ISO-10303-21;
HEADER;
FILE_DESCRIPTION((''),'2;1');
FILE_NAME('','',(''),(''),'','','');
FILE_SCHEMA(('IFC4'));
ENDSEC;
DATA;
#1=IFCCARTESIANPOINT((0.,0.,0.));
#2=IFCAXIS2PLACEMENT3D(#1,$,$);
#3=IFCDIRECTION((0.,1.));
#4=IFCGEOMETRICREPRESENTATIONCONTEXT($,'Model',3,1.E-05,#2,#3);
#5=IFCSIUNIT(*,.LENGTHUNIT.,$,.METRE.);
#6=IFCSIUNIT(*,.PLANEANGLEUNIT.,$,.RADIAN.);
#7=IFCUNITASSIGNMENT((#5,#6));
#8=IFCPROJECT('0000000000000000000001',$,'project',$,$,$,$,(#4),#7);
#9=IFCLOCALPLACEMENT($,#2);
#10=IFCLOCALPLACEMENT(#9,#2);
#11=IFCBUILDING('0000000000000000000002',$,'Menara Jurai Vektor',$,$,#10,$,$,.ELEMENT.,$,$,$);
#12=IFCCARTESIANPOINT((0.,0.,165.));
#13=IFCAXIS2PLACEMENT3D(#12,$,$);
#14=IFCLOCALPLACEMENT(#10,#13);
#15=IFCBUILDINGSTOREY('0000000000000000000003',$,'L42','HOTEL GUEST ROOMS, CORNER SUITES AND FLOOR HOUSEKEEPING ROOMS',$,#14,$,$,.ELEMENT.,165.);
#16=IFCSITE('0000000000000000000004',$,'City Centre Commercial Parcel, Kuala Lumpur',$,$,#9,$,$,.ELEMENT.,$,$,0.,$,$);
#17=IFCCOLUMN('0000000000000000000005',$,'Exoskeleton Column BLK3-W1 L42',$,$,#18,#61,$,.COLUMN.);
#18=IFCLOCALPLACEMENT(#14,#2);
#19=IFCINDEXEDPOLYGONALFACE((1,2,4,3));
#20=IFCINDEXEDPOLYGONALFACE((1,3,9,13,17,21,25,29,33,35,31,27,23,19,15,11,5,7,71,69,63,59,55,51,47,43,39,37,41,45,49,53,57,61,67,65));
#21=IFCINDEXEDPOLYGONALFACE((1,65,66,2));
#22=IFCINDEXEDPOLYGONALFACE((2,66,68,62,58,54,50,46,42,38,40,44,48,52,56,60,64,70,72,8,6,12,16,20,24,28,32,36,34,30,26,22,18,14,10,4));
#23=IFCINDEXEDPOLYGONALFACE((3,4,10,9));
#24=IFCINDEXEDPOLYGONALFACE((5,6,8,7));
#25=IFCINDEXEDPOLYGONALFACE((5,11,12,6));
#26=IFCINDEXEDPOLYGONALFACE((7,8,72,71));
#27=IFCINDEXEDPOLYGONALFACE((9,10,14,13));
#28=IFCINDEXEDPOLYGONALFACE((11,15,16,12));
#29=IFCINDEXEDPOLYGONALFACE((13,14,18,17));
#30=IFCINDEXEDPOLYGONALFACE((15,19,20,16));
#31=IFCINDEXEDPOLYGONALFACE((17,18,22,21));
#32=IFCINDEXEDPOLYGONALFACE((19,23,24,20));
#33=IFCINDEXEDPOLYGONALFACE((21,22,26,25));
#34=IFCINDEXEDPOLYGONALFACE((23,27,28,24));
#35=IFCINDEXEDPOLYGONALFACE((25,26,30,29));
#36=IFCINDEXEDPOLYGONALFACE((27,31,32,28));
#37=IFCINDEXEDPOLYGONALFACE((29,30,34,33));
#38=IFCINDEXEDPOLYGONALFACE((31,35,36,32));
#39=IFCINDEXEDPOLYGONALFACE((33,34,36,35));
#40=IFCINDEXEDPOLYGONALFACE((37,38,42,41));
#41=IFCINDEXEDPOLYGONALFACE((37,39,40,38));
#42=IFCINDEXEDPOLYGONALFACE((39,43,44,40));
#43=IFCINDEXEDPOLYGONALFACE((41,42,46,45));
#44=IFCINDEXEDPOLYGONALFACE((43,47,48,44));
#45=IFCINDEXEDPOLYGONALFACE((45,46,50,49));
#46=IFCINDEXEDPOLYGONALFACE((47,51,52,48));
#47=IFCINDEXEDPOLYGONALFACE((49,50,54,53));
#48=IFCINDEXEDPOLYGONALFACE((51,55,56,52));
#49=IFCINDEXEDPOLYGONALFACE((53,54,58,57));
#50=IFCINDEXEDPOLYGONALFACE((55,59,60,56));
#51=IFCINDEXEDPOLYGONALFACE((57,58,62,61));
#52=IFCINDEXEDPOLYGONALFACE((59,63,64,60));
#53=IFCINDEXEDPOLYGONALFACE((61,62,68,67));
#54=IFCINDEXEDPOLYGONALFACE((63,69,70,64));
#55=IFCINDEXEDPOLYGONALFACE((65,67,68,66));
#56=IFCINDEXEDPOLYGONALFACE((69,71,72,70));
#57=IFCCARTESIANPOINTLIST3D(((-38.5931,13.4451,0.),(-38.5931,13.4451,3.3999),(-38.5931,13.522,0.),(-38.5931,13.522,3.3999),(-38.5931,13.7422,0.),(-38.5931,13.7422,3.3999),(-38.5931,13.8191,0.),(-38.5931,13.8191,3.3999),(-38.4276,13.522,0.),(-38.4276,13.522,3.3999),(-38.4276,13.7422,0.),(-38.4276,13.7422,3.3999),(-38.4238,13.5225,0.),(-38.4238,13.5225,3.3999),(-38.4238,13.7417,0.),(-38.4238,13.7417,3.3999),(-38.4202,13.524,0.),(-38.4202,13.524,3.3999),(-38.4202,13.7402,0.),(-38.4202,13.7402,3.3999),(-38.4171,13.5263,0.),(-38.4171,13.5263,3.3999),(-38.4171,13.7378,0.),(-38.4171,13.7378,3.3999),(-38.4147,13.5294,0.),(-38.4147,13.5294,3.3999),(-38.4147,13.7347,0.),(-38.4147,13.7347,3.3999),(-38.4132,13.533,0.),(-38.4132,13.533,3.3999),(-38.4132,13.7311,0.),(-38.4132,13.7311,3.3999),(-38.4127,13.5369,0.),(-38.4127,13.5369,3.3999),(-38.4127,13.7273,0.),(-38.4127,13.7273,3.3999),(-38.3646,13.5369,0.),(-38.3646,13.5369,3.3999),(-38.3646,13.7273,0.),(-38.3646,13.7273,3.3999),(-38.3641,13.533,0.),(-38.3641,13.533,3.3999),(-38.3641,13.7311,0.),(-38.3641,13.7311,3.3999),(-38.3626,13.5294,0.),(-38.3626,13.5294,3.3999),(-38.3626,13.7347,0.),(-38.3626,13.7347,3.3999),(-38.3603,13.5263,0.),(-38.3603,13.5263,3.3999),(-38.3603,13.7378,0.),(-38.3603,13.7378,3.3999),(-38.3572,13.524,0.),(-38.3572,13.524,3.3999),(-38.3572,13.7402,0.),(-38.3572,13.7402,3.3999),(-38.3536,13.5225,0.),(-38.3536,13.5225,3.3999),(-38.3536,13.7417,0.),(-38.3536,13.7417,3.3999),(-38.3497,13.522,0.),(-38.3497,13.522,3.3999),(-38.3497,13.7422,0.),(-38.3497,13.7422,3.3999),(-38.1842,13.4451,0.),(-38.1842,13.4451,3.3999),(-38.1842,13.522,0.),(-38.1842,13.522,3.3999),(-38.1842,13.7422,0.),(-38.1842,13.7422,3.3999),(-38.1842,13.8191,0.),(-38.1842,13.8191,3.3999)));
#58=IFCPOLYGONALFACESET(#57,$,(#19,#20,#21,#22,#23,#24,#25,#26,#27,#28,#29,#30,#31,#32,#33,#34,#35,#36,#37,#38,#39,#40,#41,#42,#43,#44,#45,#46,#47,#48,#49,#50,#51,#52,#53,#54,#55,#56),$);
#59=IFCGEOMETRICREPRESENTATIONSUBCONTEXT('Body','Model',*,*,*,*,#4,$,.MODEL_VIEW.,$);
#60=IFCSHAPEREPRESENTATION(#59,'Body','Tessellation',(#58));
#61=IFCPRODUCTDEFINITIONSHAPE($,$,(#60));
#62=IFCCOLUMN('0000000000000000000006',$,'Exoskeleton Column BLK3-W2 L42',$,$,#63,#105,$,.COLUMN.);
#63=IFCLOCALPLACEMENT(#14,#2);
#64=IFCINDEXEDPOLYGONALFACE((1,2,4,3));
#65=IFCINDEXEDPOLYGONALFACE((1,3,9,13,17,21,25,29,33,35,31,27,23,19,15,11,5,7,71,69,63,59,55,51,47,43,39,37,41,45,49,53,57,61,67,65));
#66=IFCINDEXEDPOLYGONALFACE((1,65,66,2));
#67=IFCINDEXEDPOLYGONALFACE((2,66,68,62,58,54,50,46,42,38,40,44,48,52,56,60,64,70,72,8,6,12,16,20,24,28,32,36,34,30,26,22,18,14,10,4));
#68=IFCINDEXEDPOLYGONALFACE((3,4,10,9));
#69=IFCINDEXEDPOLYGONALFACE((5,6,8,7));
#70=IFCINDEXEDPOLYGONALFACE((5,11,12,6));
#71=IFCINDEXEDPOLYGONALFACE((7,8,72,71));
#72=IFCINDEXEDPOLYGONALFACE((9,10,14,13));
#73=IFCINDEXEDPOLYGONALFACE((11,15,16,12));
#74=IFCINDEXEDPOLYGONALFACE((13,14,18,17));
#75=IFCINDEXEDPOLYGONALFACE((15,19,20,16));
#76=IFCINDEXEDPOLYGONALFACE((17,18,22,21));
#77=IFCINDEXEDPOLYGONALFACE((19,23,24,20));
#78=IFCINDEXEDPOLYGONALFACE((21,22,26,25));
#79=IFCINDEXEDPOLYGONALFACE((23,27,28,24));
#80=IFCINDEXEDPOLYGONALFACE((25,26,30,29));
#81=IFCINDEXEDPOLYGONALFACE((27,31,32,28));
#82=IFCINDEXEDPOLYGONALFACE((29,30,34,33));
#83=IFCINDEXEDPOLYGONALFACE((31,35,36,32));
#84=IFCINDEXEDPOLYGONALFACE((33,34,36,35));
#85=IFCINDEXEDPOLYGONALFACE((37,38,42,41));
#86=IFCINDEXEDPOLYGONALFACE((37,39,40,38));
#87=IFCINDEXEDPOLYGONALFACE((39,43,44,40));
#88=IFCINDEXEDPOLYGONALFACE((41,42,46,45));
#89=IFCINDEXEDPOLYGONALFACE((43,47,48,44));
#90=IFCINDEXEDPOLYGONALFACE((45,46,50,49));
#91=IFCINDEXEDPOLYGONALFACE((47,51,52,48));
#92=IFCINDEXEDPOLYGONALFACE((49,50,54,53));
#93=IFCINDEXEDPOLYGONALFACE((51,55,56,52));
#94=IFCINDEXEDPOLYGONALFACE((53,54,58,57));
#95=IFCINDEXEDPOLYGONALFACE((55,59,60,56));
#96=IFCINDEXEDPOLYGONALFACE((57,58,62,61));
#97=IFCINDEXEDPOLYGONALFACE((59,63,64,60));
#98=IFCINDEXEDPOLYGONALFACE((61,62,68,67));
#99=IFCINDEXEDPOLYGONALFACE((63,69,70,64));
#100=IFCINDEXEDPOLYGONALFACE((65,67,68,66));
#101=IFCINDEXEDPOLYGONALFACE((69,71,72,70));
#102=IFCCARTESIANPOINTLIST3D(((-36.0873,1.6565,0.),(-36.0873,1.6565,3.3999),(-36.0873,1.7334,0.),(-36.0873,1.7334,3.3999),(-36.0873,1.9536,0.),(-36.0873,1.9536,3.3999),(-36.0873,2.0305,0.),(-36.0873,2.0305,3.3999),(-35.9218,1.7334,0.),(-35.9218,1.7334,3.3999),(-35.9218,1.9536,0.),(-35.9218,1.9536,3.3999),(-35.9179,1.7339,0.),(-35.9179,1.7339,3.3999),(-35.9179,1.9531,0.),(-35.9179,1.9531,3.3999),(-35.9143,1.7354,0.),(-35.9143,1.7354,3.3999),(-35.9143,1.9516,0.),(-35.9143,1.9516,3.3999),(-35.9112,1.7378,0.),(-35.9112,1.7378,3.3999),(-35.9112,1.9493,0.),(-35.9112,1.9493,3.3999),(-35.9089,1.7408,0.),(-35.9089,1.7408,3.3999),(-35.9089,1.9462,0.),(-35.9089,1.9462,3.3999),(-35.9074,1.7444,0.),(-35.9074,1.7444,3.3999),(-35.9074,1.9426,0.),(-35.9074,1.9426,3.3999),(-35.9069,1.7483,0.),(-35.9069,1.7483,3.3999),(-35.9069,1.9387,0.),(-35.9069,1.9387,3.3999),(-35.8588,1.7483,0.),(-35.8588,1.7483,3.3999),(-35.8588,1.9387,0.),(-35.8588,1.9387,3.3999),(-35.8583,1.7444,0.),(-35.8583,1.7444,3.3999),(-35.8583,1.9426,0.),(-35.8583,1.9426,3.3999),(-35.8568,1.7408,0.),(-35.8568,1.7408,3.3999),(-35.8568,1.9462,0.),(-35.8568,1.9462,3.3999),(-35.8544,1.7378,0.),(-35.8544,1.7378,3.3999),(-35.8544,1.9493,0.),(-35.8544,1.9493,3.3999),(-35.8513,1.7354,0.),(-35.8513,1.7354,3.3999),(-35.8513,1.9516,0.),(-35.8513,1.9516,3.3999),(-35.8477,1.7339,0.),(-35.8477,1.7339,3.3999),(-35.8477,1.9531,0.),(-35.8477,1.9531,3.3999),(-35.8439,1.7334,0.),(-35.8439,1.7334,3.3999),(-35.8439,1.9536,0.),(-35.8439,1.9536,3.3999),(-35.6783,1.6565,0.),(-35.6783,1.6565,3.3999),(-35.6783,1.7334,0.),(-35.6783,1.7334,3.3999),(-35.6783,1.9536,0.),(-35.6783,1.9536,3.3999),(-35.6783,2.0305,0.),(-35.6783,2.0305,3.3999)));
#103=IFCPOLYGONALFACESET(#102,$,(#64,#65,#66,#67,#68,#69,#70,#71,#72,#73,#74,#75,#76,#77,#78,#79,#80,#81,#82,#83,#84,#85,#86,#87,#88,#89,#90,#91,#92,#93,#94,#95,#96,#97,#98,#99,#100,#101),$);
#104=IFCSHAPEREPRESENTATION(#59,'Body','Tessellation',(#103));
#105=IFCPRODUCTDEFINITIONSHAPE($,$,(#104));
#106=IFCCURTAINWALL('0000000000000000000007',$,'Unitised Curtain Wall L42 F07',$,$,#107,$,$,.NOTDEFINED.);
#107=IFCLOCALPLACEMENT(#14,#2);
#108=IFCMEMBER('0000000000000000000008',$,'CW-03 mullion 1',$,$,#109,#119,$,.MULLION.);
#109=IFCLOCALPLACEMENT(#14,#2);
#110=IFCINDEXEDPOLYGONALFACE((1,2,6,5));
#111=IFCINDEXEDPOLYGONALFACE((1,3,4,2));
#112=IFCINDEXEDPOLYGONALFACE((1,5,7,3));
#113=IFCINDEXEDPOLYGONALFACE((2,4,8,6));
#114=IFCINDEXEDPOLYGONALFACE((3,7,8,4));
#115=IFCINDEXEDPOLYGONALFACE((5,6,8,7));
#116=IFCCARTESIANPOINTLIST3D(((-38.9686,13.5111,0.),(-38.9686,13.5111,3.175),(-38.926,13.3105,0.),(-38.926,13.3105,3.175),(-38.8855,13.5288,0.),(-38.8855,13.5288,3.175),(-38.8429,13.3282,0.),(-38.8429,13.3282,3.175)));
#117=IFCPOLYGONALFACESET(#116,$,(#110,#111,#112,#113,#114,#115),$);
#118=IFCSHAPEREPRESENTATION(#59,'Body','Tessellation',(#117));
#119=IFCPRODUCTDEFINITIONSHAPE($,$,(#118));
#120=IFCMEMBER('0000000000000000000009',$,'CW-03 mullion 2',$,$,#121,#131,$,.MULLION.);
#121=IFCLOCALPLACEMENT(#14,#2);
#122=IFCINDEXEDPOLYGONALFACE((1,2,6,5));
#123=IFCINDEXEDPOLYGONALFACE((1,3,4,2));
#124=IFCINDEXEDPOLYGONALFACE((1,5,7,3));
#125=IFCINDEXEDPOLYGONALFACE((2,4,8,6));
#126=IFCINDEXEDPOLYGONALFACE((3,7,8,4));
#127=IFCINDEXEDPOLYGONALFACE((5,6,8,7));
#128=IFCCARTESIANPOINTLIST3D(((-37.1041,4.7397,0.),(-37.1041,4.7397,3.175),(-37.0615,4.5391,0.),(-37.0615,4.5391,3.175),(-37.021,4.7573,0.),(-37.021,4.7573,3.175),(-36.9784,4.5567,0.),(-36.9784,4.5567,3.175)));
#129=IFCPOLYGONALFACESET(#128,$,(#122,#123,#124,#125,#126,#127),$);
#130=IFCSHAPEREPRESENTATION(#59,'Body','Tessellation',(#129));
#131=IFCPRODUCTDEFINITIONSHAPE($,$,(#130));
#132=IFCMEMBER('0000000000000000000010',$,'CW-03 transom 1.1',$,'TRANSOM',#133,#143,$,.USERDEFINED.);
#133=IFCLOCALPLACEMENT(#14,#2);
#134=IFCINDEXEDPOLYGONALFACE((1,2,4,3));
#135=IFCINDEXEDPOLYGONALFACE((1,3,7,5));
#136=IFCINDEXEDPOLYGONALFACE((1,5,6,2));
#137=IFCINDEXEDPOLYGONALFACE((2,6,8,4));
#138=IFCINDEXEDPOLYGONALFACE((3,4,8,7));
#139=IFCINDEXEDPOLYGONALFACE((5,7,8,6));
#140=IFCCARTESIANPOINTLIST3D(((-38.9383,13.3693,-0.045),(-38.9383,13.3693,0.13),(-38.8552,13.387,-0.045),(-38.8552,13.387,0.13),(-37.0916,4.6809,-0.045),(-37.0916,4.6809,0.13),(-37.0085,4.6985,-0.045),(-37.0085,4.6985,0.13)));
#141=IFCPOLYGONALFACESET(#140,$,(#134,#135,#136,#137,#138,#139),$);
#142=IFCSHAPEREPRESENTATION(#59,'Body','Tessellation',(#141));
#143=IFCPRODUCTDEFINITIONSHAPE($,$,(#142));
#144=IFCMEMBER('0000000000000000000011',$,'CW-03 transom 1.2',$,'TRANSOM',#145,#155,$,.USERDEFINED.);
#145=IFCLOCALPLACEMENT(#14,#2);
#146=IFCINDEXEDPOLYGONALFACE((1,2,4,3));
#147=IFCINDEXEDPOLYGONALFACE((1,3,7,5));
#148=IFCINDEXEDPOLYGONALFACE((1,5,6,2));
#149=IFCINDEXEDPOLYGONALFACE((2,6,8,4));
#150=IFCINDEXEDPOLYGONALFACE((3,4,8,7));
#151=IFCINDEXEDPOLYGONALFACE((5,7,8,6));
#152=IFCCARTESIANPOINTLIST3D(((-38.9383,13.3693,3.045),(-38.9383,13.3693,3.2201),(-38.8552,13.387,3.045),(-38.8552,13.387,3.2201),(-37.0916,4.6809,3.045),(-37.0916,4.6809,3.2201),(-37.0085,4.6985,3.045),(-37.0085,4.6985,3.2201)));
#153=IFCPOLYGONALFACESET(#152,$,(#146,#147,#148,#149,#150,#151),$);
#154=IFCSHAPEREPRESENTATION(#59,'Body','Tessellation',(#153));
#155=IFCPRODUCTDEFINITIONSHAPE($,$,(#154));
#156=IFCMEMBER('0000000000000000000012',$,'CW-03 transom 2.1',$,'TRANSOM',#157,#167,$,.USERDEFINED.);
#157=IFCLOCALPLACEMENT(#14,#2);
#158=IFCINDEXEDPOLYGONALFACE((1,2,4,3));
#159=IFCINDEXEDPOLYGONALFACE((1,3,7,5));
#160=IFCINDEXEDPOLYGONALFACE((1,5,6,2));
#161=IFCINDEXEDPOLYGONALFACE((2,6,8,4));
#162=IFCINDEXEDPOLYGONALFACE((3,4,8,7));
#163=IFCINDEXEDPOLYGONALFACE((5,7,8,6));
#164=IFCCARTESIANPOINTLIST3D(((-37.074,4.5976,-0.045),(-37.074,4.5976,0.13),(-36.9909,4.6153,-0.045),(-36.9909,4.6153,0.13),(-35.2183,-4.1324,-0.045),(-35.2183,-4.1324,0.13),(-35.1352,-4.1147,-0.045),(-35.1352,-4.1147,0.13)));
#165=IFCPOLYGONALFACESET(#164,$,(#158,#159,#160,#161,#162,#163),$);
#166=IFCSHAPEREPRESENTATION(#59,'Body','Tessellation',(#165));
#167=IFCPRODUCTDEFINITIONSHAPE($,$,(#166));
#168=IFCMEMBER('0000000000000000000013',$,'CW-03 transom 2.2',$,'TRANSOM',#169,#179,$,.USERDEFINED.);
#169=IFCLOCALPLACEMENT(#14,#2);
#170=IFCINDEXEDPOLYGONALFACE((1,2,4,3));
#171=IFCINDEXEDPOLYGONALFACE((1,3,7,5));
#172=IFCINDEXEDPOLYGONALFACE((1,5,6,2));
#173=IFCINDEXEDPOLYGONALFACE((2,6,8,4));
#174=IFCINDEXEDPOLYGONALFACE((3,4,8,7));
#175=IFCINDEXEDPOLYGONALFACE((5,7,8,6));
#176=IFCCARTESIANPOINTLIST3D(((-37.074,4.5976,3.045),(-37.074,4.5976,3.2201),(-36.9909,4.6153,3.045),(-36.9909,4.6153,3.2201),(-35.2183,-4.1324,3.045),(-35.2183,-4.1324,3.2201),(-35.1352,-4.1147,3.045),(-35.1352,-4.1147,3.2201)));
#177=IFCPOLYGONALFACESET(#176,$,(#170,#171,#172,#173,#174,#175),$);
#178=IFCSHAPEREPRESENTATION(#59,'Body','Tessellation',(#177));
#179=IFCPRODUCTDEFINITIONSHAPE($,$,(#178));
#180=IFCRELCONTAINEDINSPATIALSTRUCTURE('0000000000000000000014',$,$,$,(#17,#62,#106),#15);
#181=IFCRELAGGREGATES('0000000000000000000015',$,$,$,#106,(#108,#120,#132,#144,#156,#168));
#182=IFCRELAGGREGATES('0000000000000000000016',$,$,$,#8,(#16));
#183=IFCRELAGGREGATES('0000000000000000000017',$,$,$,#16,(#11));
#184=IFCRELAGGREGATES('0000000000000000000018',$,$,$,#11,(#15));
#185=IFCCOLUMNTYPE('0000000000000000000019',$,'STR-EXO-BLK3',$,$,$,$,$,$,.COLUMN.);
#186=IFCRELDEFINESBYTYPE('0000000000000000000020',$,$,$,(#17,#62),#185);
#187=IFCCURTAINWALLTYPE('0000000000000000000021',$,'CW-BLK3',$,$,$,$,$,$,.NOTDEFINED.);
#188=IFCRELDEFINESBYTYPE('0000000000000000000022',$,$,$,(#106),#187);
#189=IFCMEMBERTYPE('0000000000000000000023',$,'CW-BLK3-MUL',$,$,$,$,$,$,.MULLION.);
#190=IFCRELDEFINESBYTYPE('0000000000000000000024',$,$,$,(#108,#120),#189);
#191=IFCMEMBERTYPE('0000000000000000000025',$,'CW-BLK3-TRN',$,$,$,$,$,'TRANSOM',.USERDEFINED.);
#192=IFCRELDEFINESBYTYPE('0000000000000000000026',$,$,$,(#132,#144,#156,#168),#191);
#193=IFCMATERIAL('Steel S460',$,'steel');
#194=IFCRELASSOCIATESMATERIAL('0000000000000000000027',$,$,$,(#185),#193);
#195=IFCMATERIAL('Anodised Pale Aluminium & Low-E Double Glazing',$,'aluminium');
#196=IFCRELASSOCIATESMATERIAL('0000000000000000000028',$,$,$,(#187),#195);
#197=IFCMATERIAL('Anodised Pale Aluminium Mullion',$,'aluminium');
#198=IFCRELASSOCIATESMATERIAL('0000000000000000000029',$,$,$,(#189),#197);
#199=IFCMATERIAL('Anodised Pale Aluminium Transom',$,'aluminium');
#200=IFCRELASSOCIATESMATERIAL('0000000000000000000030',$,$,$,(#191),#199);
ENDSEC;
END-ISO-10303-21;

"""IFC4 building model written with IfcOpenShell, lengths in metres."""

from ifc_helpers import new_model, si_unit, direction, frame, origin, origin_2d, place, context, subcontext, project, spatial, rectangle, i_section, extrude, material, material_profile, profile_set, type_object, element, aggregate, save


model = new_model("IFC4")

# Units and contexts
model_context = context("Model", 3, precision=1e-05, world=origin(), true_north=direction((0.0, 1.0)))
body_context = subcontext(model_context, "Body", "Model", "MODEL_VIEW")
ifc_project = project(units=[si_unit("LENGTHUNIT", "METRE"), si_unit("PLANEANGLEUNIT", "RADIAN")], contexts=[model_context])

# Site, building, storey
site_placement = place(None, origin())
site = spatial("IfcSite", under=ifc_project, at=site_placement, Name="City Centre Commercial Parcel, Kuala Lumpur", CompositionType="ELEMENT", RefElevation=0.0)
building_placement = place(site_placement, origin())
building = spatial("IfcBuilding", under=site, at=building_placement, Name="Menara Jurai Vektor", CompositionType="ELEMENT")
storey_placement = place(building_placement, frame((0.0, 0.0, 165.0)))
storey = spatial("IfcBuildingStorey", under=building, at=storey_placement, Name="L42", Description="HOTEL GUEST ROOMS, CORNER SUITES AND FLOOR HOUSEKEEPING ROOMS", CompositionType="ELEMENT", Elevation=165.0)

# Columns
ifc_material_1 = material(Name="Steel S460", Category="steel")
ifc_material_profile_1 = material_profile(ifc_material_1, i_section(OverallWidth=0.4089, OverallDepth=0.374, WebThickness=0.0481, FlangeThickness=0.0769, FilletRadius=0.0149, at=origin_2d()), Name="HD 400x634")
ifc_profile_set_1 = profile_set([ifc_material_profile_1], Name="Steel S460")
column_type = type_object("IfcColumnType", Name="STR-EXO-BLK3", PredefinedType="COLUMN", material=ifc_profile_set_1)
for number, where, z_axis, x_axis, name in (
    (1, (-38.3887, 13.6321, 0.0), (0.0, 0.0, 1.0), (1.0, 0.0, 0.0), "Exoskeleton Column BLK3-W1 L42"),
    (2, (-35.8828, 1.8435, 0.0), (0.0, 0.0, 1.0), (1.0, 0.0, 0.0), "Exoskeleton Column BLK3-W2 L42"),
):
    element("IfcColumn", number, at=place(storey_placement, frame(where, z_axis=z_axis, x_axis=x_axis)), inside=storey, type_object=column_type, Name=name, PredefinedType="COLUMN", context=body_context, shape_type="SweptSolid", body=[
        extrude(i_section(OverallWidth=0.4089, OverallDepth=0.374, WebThickness=0.0481, FlangeThickness=0.0769, FilletRadius=0.0149, at=origin_2d()), origin(), (0.0, 0.0, 1.0), 3.3999),
    ])

# Curtain wall, members
ifc_material_2 = material(Name="Anodised Pale Aluminium & Low-E Double Glazing", Category="aluminium")
curtain_wall_type = type_object("IfcCurtainWallType", Name="CW-BLK3", PredefinedType="NOTDEFINED", material=ifc_material_2)
curtain_wall_placement = place(storey_placement, origin())
curtain_wall = element("IfcCurtainWall", 3, at=curtain_wall_placement, inside=storey, type_object=curtain_wall_type, Name="Unitised Curtain Wall L42 F07", PredefinedType="NOTDEFINED")
ifc_material_3 = material(Name="Anodised Pale Aluminium Mullion", Category="aluminium")
ifc_material_profile_2 = material_profile(ifc_material_3, rectangle(XDim=0.085, YDim=0.2051, at=origin_2d()), Name="ALU MUL 85x205")
ifc_profile_set_2 = profile_set([ifc_material_profile_2], Name="Anodised Pale Aluminium Mullion")
member_type_1 = type_object("IfcMemberType", Name="CW-BLK3-MUL", PredefinedType="MULLION", material=ifc_profile_set_2)
member_1_placement = place(storey_placement, frame((-38.9058, 13.4197, 0.0), z_axis=(0.0, 0.0, 1.0), x_axis=(0.978148, 0.20791, 0.0)))
member_1 = element("IfcMember", 4, at=member_1_placement, type_object=member_type_1, Name="CW-03 mullion 1", PredefinedType="MULLION", context=body_context, shape_type="SweptSolid", body=[
    extrude(rectangle(XDim=0.085, YDim=0.2051, at=origin_2d()), origin(), (0.0, 0.0, 1.0), 3.175),
])
member_2_placement = place(storey_placement, frame((-37.0413, 4.6482, 0.0), z_axis=(0.0, 0.0, 1.0), x_axis=(0.978148, 0.20791, 0.0)))
member_2 = element("IfcMember", 5, at=member_2_placement, type_object=member_type_1, Name="CW-03 mullion 2", PredefinedType="MULLION", context=body_context, shape_type="SweptSolid", body=[
    extrude(rectangle(XDim=0.085, YDim=0.2051, at=origin_2d()), origin(), (0.0, 0.0, 1.0), 3.175),
])
ifc_material_4 = material(Name="Anodised Pale Aluminium Transom", Category="aluminium")
ifc_material_profile_3 = material_profile(ifc_material_4, rectangle(XDim=0.085, YDim=0.175, at=origin_2d()), Name="ALU TRN 85x175")
ifc_profile_set_3 = profile_set([ifc_material_profile_3], Name="Anodised Pale Aluminium Transom")
member_type_2 = type_object("IfcMemberType", Name="CW-BLK3-TRN", ElementType="TRANSOM", PredefinedType="USERDEFINED", material=ifc_profile_set_3)
member_3_placement = place(storey_placement, frame((-38.8967, 13.3782, 0.0425), z_axis=(0.2079, -0.97815, 0.0), x_axis=(0.97815, 0.2079, 0.0)))
member_3 = element("IfcMember", 6, at=member_3_placement, type_object=member_type_2, Name="CW-03 transom 1.1", ObjectType="TRANSOM", PredefinedType="USERDEFINED", context=body_context, shape_type="SweptSolid", body=[
    extrude(rectangle(XDim=0.085, YDim=0.175, at=origin_2d()), origin(), (0.0, 0.0, 1.0), 8.8826),
])
member_4_placement = place(storey_placement, frame((-38.8967, 13.3782, 3.1326), z_axis=(0.2079, -0.97815, 0.0), x_axis=(0.97815, 0.2079, 0.0)))
member_4 = element("IfcMember", 7, at=member_4_placement, type_object=member_type_2, Name="CW-03 transom 1.2", ObjectType="TRANSOM", PredefinedType="USERDEFINED", context=body_context, shape_type="SweptSolid", body=[
    extrude(rectangle(XDim=0.085, YDim=0.175, at=origin_2d()), origin(), (0.0, 0.0, 1.0), 8.8826),
])
member_5_placement = place(storey_placement, frame((-37.0325, 4.6064, 0.0425), z_axis=(0.207922, -0.978145, 0.0), x_axis=(0.978145, 0.207922, 0.0)))
member_5 = element("IfcMember", 8, at=member_5_placement, type_object=member_type_2, Name="CW-03 transom 2.1", ObjectType="TRANSOM", PredefinedType="USERDEFINED", context=body_context, shape_type="SweptSolid", body=[
    extrude(rectangle(XDim=0.085, YDim=0.175, at=origin_2d()), origin(), (0.0, 0.0, 1.0), 8.925),
])
member_6_placement = place(storey_placement, frame((-37.0325, 4.6064, 3.1326), z_axis=(0.207922, -0.978145, 0.0), x_axis=(0.978145, 0.207922, 0.0)))
member_6 = element("IfcMember", 9, at=member_6_placement, type_object=member_type_2, Name="CW-03 transom 2.2", ObjectType="TRANSOM", PredefinedType="USERDEFINED", context=body_context, shape_type="SweptSolid", body=[
    extrude(rectangle(XDim=0.085, YDim=0.175, at=origin_2d()), origin(), (0.0, 0.0, 1.0), 8.925),
])

aggregate(curtain_wall, [member_1, member_2, member_3, member_4, member_5, member_6])

save(model, "model.ifc")
